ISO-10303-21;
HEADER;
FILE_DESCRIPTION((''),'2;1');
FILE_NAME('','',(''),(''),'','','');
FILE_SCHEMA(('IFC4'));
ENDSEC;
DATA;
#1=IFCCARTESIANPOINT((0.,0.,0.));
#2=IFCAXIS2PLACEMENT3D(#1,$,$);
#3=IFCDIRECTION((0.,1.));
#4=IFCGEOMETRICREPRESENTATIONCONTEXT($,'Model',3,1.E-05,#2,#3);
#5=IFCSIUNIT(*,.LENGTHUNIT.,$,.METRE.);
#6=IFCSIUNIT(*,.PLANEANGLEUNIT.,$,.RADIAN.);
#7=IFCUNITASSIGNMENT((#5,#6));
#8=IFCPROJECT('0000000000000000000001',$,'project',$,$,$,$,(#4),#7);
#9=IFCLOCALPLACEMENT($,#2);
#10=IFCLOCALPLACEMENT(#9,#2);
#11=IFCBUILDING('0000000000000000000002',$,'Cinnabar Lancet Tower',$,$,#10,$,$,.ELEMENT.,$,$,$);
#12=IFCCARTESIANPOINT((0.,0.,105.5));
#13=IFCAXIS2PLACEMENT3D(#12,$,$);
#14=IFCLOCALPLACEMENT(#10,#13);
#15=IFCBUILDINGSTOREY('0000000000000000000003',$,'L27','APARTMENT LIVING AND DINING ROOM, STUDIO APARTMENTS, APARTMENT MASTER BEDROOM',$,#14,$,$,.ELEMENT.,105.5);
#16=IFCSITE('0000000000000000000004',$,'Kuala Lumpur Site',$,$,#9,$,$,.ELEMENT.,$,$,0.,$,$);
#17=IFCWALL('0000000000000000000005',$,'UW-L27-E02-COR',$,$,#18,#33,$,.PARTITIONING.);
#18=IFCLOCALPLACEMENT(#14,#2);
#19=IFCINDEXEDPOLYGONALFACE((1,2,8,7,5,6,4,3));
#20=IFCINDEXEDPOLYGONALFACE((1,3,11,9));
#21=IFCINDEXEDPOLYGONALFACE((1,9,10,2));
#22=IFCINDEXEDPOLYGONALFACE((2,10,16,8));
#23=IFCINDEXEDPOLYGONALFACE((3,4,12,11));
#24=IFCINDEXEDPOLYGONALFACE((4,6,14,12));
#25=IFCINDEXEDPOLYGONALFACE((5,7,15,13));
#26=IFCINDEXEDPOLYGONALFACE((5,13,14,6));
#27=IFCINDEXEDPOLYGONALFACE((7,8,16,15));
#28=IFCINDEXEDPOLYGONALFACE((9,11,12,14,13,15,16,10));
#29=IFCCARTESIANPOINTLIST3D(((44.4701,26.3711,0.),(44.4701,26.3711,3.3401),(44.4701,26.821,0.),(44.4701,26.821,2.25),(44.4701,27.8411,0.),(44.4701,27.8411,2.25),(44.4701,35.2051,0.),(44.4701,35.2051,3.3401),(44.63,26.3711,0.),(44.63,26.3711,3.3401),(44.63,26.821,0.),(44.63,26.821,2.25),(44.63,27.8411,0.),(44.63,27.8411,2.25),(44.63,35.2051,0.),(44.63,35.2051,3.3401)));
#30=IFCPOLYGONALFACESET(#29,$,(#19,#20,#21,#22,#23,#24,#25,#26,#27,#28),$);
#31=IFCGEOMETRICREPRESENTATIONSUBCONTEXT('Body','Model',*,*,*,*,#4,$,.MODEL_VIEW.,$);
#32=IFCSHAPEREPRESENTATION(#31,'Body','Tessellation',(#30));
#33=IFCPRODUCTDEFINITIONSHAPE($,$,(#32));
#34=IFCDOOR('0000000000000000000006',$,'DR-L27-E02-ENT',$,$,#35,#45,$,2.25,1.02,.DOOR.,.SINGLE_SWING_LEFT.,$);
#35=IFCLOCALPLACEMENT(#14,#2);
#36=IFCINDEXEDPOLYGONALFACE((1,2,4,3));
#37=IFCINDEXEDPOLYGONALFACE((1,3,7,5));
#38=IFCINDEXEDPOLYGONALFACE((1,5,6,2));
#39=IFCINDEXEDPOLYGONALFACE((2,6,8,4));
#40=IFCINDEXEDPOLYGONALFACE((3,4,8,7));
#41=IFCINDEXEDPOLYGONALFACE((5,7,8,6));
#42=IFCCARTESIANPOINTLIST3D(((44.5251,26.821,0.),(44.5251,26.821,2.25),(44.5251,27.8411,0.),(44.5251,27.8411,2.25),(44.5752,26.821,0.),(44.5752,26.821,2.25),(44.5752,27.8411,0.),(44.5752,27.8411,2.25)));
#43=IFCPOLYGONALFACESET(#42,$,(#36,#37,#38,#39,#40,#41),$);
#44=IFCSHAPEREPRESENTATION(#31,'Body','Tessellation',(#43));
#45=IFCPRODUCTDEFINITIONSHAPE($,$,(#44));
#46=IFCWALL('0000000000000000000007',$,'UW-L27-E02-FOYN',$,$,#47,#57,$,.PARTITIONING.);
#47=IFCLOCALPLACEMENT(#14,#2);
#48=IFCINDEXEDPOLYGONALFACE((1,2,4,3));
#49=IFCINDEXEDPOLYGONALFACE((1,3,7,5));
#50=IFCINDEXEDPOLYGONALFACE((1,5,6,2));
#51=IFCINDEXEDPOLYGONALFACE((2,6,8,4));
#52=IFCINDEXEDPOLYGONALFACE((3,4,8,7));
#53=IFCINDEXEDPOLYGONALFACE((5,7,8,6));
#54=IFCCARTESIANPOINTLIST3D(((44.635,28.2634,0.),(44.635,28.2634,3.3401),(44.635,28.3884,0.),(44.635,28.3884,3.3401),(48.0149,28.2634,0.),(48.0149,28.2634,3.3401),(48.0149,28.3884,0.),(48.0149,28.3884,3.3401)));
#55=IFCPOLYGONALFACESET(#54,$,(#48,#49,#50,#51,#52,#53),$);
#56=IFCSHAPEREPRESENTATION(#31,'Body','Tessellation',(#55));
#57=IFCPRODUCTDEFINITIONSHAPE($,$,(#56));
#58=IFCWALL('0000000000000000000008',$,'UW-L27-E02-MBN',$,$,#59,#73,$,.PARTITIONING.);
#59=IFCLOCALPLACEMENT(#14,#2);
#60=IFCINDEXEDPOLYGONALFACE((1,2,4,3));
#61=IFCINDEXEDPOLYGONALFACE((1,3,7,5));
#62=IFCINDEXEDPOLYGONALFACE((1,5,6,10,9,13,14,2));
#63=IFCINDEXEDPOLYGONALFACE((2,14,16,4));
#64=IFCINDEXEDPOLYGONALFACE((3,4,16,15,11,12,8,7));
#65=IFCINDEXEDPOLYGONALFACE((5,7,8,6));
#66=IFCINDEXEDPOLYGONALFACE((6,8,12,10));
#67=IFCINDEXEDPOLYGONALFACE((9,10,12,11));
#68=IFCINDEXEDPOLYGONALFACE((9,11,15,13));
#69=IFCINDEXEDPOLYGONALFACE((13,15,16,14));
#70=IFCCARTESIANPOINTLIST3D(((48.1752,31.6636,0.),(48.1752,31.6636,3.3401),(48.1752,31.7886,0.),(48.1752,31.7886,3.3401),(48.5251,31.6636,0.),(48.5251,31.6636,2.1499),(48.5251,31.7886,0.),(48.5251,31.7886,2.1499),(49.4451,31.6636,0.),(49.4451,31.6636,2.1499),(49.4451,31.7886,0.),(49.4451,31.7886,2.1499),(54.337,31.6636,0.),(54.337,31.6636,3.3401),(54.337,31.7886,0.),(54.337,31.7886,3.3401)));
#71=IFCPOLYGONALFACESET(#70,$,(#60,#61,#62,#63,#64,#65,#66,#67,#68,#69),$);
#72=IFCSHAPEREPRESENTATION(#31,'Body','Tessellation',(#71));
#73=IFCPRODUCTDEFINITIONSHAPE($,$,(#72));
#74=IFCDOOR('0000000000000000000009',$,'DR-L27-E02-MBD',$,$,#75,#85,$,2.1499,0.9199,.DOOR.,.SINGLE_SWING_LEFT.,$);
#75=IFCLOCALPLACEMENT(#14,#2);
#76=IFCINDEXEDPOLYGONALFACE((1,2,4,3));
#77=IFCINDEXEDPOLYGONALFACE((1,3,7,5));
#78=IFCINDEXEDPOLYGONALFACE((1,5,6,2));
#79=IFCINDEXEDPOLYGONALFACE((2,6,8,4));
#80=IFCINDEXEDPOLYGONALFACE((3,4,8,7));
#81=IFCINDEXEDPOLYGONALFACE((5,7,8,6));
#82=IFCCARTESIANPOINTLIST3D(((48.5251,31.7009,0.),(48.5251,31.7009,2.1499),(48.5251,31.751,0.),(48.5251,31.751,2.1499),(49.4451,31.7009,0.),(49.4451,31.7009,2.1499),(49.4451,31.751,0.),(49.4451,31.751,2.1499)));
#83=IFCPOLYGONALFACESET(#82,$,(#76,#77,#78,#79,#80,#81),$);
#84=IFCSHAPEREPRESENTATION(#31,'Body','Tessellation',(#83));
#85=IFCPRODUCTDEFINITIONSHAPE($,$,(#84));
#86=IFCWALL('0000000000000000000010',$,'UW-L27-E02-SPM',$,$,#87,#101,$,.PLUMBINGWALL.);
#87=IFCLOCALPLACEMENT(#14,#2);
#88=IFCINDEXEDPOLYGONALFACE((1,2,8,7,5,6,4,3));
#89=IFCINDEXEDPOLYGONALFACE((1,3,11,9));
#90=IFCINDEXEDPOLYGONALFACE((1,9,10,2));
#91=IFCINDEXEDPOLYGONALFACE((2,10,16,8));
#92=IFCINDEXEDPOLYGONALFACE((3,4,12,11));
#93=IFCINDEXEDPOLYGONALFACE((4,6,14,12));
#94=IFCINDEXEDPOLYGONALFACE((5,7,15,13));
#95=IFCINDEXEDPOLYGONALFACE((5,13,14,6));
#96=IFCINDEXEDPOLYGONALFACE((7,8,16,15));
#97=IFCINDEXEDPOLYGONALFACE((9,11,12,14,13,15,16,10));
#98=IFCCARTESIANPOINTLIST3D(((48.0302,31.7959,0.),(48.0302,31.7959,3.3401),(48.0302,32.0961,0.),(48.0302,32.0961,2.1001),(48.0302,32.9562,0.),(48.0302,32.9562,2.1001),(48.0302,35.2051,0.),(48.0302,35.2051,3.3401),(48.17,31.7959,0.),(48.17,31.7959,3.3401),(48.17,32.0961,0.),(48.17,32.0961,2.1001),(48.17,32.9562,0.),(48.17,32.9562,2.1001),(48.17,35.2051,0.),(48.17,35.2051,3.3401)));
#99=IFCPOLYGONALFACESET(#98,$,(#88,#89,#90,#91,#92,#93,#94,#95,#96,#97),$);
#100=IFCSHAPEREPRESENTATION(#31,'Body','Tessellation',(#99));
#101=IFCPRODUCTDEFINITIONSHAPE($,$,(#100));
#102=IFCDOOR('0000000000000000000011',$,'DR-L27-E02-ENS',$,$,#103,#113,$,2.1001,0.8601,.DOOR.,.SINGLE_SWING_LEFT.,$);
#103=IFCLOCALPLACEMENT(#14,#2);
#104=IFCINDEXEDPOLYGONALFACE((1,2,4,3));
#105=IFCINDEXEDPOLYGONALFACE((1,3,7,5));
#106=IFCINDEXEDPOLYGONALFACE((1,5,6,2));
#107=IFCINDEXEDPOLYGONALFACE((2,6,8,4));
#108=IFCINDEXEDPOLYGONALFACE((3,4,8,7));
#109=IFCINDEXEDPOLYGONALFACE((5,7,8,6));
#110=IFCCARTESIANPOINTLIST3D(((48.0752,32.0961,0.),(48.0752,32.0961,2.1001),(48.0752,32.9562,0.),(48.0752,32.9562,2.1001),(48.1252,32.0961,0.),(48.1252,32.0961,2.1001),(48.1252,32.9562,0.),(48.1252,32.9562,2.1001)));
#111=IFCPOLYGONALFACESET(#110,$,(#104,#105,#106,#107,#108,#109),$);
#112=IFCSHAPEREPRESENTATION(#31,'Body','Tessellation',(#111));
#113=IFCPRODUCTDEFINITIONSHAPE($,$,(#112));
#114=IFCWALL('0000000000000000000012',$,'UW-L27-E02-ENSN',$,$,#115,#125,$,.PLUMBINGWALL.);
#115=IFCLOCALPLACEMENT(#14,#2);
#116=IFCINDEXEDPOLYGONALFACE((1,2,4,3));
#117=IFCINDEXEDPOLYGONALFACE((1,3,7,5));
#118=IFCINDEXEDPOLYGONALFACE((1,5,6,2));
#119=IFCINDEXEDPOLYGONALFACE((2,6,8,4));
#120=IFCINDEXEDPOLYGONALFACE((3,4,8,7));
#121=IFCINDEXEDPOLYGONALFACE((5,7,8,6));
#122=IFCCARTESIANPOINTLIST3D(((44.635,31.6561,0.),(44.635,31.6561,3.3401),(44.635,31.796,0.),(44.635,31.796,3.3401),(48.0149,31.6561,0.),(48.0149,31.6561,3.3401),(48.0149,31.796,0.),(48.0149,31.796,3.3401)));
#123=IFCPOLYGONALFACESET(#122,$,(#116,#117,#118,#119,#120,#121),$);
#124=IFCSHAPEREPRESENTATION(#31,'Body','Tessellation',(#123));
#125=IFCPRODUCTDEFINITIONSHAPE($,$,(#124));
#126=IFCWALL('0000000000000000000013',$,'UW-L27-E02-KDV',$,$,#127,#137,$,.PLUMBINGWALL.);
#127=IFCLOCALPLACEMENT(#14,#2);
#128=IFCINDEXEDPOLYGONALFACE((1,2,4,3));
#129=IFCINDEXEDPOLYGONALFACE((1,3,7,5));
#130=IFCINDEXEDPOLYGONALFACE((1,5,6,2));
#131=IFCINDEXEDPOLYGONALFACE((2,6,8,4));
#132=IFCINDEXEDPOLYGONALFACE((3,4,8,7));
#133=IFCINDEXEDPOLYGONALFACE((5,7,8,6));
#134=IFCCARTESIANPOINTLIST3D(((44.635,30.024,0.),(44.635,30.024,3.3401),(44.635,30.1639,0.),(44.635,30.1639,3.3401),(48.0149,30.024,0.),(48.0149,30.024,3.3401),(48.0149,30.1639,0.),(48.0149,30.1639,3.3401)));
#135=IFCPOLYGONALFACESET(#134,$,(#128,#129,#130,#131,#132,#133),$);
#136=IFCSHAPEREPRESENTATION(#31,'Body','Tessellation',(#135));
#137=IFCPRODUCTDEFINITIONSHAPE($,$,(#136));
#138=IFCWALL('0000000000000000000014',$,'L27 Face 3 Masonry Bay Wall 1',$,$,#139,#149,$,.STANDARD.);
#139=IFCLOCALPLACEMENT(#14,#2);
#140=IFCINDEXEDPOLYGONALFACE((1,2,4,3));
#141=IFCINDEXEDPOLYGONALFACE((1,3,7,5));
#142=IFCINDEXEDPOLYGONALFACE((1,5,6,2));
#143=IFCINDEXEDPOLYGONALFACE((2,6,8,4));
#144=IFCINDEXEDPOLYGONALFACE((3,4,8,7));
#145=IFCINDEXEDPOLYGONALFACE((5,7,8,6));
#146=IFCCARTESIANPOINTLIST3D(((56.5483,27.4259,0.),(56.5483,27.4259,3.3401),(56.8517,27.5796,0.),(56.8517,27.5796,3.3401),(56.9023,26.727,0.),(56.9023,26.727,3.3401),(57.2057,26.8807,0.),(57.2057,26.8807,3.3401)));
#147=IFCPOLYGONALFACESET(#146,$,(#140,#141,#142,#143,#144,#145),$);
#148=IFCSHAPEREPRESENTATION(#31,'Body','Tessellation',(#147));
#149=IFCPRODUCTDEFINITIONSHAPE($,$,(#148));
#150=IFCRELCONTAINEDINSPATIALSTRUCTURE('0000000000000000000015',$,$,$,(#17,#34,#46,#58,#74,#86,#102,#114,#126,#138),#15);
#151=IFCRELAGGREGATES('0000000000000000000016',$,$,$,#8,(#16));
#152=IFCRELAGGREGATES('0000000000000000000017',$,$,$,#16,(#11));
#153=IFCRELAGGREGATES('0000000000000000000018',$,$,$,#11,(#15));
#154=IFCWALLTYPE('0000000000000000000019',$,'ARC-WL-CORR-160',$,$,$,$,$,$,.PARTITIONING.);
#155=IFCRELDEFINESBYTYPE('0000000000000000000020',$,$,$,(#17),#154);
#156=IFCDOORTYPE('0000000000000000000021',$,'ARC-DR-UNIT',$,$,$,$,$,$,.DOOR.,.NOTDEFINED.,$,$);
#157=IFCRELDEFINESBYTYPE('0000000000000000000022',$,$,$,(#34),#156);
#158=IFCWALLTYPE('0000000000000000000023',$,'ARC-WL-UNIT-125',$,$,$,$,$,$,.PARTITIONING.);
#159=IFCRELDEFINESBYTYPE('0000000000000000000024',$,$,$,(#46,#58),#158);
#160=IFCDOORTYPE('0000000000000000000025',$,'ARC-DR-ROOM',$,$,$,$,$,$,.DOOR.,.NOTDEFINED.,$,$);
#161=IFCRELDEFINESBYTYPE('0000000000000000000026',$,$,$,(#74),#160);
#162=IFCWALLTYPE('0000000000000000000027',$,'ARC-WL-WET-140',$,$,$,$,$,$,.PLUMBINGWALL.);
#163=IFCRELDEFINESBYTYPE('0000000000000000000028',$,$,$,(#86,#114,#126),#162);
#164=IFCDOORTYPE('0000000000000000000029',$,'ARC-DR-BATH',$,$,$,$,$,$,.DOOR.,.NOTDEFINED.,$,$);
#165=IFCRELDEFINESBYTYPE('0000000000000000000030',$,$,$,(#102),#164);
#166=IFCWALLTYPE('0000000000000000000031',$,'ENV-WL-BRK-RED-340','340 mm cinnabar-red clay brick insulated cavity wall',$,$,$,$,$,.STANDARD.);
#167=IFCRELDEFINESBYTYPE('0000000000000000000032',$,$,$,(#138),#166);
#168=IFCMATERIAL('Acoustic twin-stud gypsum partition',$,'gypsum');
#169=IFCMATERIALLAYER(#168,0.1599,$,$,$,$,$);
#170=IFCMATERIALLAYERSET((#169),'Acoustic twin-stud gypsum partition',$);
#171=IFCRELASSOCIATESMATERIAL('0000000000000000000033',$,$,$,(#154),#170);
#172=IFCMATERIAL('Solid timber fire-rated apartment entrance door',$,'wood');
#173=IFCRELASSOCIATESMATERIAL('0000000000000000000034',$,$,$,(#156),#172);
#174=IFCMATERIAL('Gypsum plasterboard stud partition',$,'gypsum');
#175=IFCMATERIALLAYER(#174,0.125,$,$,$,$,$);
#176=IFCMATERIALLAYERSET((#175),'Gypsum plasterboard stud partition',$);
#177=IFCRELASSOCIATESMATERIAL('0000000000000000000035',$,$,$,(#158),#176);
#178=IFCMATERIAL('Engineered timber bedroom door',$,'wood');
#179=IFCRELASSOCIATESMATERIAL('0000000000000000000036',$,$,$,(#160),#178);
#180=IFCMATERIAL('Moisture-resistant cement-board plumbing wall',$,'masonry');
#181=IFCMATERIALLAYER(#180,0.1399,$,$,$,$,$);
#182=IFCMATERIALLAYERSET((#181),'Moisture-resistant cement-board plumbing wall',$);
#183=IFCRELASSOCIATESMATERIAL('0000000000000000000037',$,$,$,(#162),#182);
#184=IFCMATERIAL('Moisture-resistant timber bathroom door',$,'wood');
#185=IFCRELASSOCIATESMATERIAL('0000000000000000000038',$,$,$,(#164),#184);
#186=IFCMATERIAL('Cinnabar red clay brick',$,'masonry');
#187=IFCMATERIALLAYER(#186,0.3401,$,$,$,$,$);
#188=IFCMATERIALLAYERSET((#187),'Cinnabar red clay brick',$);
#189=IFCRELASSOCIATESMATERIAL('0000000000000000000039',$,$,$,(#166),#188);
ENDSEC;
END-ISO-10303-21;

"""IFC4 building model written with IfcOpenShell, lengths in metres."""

from ifc_helpers import new_model, si_unit, direction, frame, frame_2d, origin, place, context, subcontext, project, spatial, rectangle, extrude, material, layer, layer_set, type_object, element, fill, save


model = new_model("IFC4")

# Units and contexts
model_context = context("Model", 3, precision=1e-05, world=origin(), true_north=direction((0.0, 1.0)))
body_context = subcontext(model_context, "Body", "Model", "MODEL_VIEW")
ifc_project = project(units=[si_unit("LENGTHUNIT", "METRE"), si_unit("PLANEANGLEUNIT", "RADIAN")], contexts=[model_context])

# Site, building, storey
site_placement = place(None, origin())
site = spatial("IfcSite", under=ifc_project, at=site_placement, Name="Kuala Lumpur Site", CompositionType="ELEMENT", RefElevation=0.0)
building_placement = place(site_placement, origin())
building = spatial("IfcBuilding", under=site, at=building_placement, Name="Cinnabar Lancet Tower", CompositionType="ELEMENT")
storey_placement = place(building_placement, frame((0.0, 0.0, 105.5)))
storey = spatial("IfcBuildingStorey", under=building, at=storey_placement, Name="L27", Description="APARTMENT LIVING AND DINING ROOM, STUDIO APARTMENTS, APARTMENT MASTER BEDROOM", CompositionType="ELEMENT", Elevation=105.5)

# Wall, opening, door
ifc_material_1 = material(Name="Acoustic twin-stud gypsum partition", Category="gypsum")
ifc_layer_1 = layer(ifc_material_1, 0.1599)
ifc_layer_set_1 = layer_set([ifc_layer_1], Name="Acoustic twin-stud gypsum partition")
wall_type_1 = type_object("IfcWallType", Name="ARC-WL-CORR-160", PredefinedType="PARTITIONING", material=ifc_layer_set_1)
wall_1_placement = place(storey_placement, frame((44.55, 26.3711, 0.0), z_axis=(0.0, 0.0, 1.0), x_axis=(0.0, 1.0, 0.0)))
wall_1 = element("IfcWall", 1, at=wall_1_placement, inside=storey, type_object=wall_type_1, Name="UW-L27-E02-COR", PredefinedType="PARTITIONING", context=body_context, shape_type="SweptSolid", body=[
    extrude(rectangle(XDim=8.834, YDim=0.1599, at=frame_2d((4.417, 0.0))), origin(), (0.0, 0.0, 1.0), 3.3401),
])
opening_1_placement = place(wall_1_placement, frame((0.45, 0.0, 0.0)))
opening_1 = element("IfcOpeningElement", 2, at=opening_1_placement, cuts=wall_1, PredefinedType="OPENING", context=body_context, shape_type="SweptSolid", body=[
    extrude(rectangle(XDim=1.02, YDim=2.25, at=frame_2d((0.51, 1.125))), frame((0.0, 0.0898, 0.0), z_axis=(0.0, -1.0, 0.0), x_axis=(1.0, 0.0, 0.0)), (0.0, 0.0, 1.0), 0.1799),
])
ifc_material_2 = material(Name="Solid timber fire-rated apartment entrance door", Category="wood")
door_type_1 = type_object("IfcDoorType", Name="ARC-DR-UNIT", OperationType="NOTDEFINED", PredefinedType="DOOR", material=ifc_material_2)
door_1_placement = place(opening_1_placement, origin())
door_1 = element("IfcDoor", 3, at=door_1_placement, inside=storey, type_object=door_type_1, Name="DR-L27-E02-ENT", OperationType="SINGLE_SWING_LEFT", OverallHeight=2.25, OverallWidth=1.02, PredefinedType="DOOR", context=body_context, shape_type="SweptSolid", body=[
    extrude(rectangle(XDim=1.02, YDim=2.25, at=frame_2d((0.51, 1.125))), frame((0.0, 0.0249, 0.0), z_axis=(0.0, -1.0, 0.0), x_axis=(1.0, 0.0, 0.0)), (0.0, 0.0, 1.0), 0.05),
])
fill(opening_1, door_1)

# Wall
ifc_material_3 = material(Name="Gypsum plasterboard stud partition", Category="gypsum")
ifc_layer_2 = layer(ifc_material_3, 0.125)
ifc_layer_set_2 = layer_set([ifc_layer_2], Name="Gypsum plasterboard stud partition")
wall_type_2 = type_object("IfcWallType", Name="ARC-WL-UNIT-125", PredefinedType="PARTITIONING", material=ifc_layer_set_2)
wall_2_placement = place(storey_placement, frame((44.635, 28.3259, 0.0), z_axis=(0.0, 0.0, 1.0), x_axis=(1.0, 0.0, 0.0)))
element("IfcWall", 4, at=wall_2_placement, inside=storey, type_object=wall_type_2, Name="UW-L27-E02-FOYN", PredefinedType="PARTITIONING", context=body_context, shape_type="SweptSolid", body=[
    extrude(rectangle(XDim=3.3799, YDim=0.125, at=frame_2d((1.6899, 0.0))), origin(), (0.0, 0.0, 1.0), 3.3401),
])

# Wall, opening, door
wall_3_placement = place(storey_placement, frame((48.175, 31.7261, 0.0), z_axis=(0.0, 0.0, 1.0), x_axis=(1.0, 0.0, 0.0)))
wall_3 = element("IfcWall", 5, at=wall_3_placement, inside=storey, type_object=wall_type_2, Name="UW-L27-E02-MBN", PredefinedType="PARTITIONING", context=body_context, shape_type="SweptSolid", body=[
    extrude(rectangle(XDim=6.1619, YDim=0.125, at=frame_2d((3.0811, 0.0))), origin(), (0.0, 0.0, 1.0), 3.3401),
])
opening_2_placement = place(wall_3_placement, frame((0.3501, 0.0, 0.0)))
opening_2 = element("IfcOpeningElement", 6, at=opening_2_placement, cuts=wall_3, PredefinedType="OPENING", context=body_context, shape_type="SweptSolid", body=[
    extrude(rectangle(XDim=0.9199, YDim=2.1499, at=frame_2d((0.46, 1.075))), frame((0.0, 0.0725, 0.0), z_axis=(0.0, -1.0, 0.0), x_axis=(1.0, 0.0, 0.0)), (0.0, 0.0, 1.0), 0.145),
])
ifc_material_4 = material(Name="Engineered timber bedroom door", Category="wood")
door_type_2 = type_object("IfcDoorType", Name="ARC-DR-ROOM", OperationType="NOTDEFINED", PredefinedType="DOOR", material=ifc_material_4)
door_2_placement = place(opening_2_placement, origin())
door_2 = element("IfcDoor", 7, at=door_2_placement, inside=storey, type_object=door_type_2, Name="DR-L27-E02-MBD", OperationType="SINGLE_SWING_LEFT", OverallHeight=2.1499, OverallWidth=0.9199, PredefinedType="DOOR", context=body_context, shape_type="SweptSolid", body=[
    extrude(rectangle(XDim=0.9199, YDim=2.1499, at=frame_2d((0.46, 1.075))), frame((0.0, 0.0249, 0.0), z_axis=(0.0, -1.0, 0.0), x_axis=(1.0, 0.0, 0.0)), (0.0, 0.0, 1.0), 0.05),
])
fill(opening_2, door_2)

# Shared definitions
ifc_material_5 = material(Name="Moisture-resistant cement-board plumbing wall", Category="masonry")
ifc_layer_3 = layer(ifc_material_5, 0.1399)
ifc_layer_set_3 = layer_set([ifc_layer_3], Name="Moisture-resistant cement-board plumbing wall")
wall_type_3 = type_object("IfcWallType", Name="ARC-WL-WET-140", PredefinedType="PLUMBINGWALL", material=ifc_layer_set_3)
ifc_material_6 = material(Name="Moisture-resistant timber bathroom door", Category="wood")
door_type_3 = type_object("IfcDoorType", Name="ARC-DR-BATH", OperationType="NOTDEFINED", PredefinedType="DOOR", material=ifc_material_6)

# Wall, opening, door
wall_4_placement = place(storey_placement, frame((48.1001, 31.7959, 0.0), z_axis=(0.0, 0.0, 1.0), x_axis=(0.0, 1.0, 0.0)))
wall_4 = element("IfcWall", 8, at=wall_4_placement, inside=storey, type_object=wall_type_3, Name="UW-L27-E02-SPM", PredefinedType="PLUMBINGWALL", context=body_context, shape_type="SweptSolid", body=[
    extrude(rectangle(XDim=3.4092, YDim=0.1399, at=frame_2d((1.7046, 0.0))), origin(), (0.0, 0.0, 1.0), 3.3401),
])
opening_3_placement = place(wall_4_placement, frame((0.3, 0.0, 0.0)))
opening_3 = element("IfcOpeningElement", 9, at=opening_3_placement, cuts=wall_4, PredefinedType="OPENING", context=body_context, shape_type="SweptSolid", body=[
    extrude(rectangle(XDim=0.8601, YDim=2.1001, at=frame_2d((0.4302, 1.05))), frame((0.0, 0.0798, 0.0), z_axis=(0.0, -1.0, 0.0), x_axis=(1.0, 0.0, 0.0)), (0.0, 0.0, 1.0), 0.1599),
])
door_3_placement = place(opening_3_placement, origin())
door_3 = element("IfcDoor", 10, at=door_3_placement, inside=storey, type_object=door_type_3, Name="DR-L27-E02-ENS", OperationType="SINGLE_SWING_LEFT", OverallHeight=2.1001, OverallWidth=0.8601, PredefinedType="DOOR", context=body_context, shape_type="SweptSolid", body=[
    extrude(rectangle(XDim=0.8601, YDim=2.1001, at=frame_2d((0.4302, 1.05))), frame((0.0, 0.0249, 0.0), z_axis=(0.0, -1.0, 0.0), x_axis=(1.0, 0.0, 0.0)), (0.0, 0.0, 1.0), 0.05),
])
fill(opening_3, door_3)

# Walls
for number, where, z_axis, x_axis, name in (
    (11, (44.635, 31.7261, 0.0), (0.0, 0.0, 1.0), (1.0, 0.0, 0.0), "UW-L27-E02-ENSN"),
    (12, (44.635, 30.094, 0.0), (0.0, 0.0, 1.0), (1.0, 0.0, 0.0), "UW-L27-E02-KDV"),
):
    element("IfcWall", number, at=place(storey_placement, frame(where, z_axis=z_axis, x_axis=x_axis)), inside=storey, type_object=wall_type_3, Name=name, PredefinedType="PLUMBINGWALL", context=body_context, shape_type="SweptSolid", body=[
        extrude(rectangle(XDim=3.3799, YDim=0.1399, at=frame_2d((1.6899, 0.0))), origin(), (0.0, 0.0, 1.0), 3.3401),
    ])
ifc_material_7 = material(Name="Cinnabar red clay brick", Category="masonry")
ifc_layer_4 = layer(ifc_material_7, 0.3401)
ifc_layer_set_4 = layer_set([ifc_layer_4], Name="Cinnabar red clay brick")
wall_type_4 = type_object("IfcWallType", Name="ENV-WL-BRK-RED-340", Description="340 mm cinnabar-red clay brick insulated cavity wall", PredefinedType="STANDARD", material=ifc_layer_set_4)
wall_5_placement = place(storey_placement, frame((57.054, 26.804, 0.0), z_axis=(0.0, 0.0, 1.0), x_axis=(-0.451819, 0.892109, 0.0)))
element("IfcWall", 13, at=wall_5_placement, inside=storey, type_object=wall_type_4, Name="L27 Face 3 Masonry Bay Wall 1", PredefinedType="STANDARD", context=body_context, shape_type="SweptSolid", body=[
    extrude(rectangle(XDim=0.7834, YDim=0.3401, at=frame_2d((0.3916, 0.0))), origin(), (0.0, 0.0, 1.0), 3.3401),
])

save(model, "model.ifc")
